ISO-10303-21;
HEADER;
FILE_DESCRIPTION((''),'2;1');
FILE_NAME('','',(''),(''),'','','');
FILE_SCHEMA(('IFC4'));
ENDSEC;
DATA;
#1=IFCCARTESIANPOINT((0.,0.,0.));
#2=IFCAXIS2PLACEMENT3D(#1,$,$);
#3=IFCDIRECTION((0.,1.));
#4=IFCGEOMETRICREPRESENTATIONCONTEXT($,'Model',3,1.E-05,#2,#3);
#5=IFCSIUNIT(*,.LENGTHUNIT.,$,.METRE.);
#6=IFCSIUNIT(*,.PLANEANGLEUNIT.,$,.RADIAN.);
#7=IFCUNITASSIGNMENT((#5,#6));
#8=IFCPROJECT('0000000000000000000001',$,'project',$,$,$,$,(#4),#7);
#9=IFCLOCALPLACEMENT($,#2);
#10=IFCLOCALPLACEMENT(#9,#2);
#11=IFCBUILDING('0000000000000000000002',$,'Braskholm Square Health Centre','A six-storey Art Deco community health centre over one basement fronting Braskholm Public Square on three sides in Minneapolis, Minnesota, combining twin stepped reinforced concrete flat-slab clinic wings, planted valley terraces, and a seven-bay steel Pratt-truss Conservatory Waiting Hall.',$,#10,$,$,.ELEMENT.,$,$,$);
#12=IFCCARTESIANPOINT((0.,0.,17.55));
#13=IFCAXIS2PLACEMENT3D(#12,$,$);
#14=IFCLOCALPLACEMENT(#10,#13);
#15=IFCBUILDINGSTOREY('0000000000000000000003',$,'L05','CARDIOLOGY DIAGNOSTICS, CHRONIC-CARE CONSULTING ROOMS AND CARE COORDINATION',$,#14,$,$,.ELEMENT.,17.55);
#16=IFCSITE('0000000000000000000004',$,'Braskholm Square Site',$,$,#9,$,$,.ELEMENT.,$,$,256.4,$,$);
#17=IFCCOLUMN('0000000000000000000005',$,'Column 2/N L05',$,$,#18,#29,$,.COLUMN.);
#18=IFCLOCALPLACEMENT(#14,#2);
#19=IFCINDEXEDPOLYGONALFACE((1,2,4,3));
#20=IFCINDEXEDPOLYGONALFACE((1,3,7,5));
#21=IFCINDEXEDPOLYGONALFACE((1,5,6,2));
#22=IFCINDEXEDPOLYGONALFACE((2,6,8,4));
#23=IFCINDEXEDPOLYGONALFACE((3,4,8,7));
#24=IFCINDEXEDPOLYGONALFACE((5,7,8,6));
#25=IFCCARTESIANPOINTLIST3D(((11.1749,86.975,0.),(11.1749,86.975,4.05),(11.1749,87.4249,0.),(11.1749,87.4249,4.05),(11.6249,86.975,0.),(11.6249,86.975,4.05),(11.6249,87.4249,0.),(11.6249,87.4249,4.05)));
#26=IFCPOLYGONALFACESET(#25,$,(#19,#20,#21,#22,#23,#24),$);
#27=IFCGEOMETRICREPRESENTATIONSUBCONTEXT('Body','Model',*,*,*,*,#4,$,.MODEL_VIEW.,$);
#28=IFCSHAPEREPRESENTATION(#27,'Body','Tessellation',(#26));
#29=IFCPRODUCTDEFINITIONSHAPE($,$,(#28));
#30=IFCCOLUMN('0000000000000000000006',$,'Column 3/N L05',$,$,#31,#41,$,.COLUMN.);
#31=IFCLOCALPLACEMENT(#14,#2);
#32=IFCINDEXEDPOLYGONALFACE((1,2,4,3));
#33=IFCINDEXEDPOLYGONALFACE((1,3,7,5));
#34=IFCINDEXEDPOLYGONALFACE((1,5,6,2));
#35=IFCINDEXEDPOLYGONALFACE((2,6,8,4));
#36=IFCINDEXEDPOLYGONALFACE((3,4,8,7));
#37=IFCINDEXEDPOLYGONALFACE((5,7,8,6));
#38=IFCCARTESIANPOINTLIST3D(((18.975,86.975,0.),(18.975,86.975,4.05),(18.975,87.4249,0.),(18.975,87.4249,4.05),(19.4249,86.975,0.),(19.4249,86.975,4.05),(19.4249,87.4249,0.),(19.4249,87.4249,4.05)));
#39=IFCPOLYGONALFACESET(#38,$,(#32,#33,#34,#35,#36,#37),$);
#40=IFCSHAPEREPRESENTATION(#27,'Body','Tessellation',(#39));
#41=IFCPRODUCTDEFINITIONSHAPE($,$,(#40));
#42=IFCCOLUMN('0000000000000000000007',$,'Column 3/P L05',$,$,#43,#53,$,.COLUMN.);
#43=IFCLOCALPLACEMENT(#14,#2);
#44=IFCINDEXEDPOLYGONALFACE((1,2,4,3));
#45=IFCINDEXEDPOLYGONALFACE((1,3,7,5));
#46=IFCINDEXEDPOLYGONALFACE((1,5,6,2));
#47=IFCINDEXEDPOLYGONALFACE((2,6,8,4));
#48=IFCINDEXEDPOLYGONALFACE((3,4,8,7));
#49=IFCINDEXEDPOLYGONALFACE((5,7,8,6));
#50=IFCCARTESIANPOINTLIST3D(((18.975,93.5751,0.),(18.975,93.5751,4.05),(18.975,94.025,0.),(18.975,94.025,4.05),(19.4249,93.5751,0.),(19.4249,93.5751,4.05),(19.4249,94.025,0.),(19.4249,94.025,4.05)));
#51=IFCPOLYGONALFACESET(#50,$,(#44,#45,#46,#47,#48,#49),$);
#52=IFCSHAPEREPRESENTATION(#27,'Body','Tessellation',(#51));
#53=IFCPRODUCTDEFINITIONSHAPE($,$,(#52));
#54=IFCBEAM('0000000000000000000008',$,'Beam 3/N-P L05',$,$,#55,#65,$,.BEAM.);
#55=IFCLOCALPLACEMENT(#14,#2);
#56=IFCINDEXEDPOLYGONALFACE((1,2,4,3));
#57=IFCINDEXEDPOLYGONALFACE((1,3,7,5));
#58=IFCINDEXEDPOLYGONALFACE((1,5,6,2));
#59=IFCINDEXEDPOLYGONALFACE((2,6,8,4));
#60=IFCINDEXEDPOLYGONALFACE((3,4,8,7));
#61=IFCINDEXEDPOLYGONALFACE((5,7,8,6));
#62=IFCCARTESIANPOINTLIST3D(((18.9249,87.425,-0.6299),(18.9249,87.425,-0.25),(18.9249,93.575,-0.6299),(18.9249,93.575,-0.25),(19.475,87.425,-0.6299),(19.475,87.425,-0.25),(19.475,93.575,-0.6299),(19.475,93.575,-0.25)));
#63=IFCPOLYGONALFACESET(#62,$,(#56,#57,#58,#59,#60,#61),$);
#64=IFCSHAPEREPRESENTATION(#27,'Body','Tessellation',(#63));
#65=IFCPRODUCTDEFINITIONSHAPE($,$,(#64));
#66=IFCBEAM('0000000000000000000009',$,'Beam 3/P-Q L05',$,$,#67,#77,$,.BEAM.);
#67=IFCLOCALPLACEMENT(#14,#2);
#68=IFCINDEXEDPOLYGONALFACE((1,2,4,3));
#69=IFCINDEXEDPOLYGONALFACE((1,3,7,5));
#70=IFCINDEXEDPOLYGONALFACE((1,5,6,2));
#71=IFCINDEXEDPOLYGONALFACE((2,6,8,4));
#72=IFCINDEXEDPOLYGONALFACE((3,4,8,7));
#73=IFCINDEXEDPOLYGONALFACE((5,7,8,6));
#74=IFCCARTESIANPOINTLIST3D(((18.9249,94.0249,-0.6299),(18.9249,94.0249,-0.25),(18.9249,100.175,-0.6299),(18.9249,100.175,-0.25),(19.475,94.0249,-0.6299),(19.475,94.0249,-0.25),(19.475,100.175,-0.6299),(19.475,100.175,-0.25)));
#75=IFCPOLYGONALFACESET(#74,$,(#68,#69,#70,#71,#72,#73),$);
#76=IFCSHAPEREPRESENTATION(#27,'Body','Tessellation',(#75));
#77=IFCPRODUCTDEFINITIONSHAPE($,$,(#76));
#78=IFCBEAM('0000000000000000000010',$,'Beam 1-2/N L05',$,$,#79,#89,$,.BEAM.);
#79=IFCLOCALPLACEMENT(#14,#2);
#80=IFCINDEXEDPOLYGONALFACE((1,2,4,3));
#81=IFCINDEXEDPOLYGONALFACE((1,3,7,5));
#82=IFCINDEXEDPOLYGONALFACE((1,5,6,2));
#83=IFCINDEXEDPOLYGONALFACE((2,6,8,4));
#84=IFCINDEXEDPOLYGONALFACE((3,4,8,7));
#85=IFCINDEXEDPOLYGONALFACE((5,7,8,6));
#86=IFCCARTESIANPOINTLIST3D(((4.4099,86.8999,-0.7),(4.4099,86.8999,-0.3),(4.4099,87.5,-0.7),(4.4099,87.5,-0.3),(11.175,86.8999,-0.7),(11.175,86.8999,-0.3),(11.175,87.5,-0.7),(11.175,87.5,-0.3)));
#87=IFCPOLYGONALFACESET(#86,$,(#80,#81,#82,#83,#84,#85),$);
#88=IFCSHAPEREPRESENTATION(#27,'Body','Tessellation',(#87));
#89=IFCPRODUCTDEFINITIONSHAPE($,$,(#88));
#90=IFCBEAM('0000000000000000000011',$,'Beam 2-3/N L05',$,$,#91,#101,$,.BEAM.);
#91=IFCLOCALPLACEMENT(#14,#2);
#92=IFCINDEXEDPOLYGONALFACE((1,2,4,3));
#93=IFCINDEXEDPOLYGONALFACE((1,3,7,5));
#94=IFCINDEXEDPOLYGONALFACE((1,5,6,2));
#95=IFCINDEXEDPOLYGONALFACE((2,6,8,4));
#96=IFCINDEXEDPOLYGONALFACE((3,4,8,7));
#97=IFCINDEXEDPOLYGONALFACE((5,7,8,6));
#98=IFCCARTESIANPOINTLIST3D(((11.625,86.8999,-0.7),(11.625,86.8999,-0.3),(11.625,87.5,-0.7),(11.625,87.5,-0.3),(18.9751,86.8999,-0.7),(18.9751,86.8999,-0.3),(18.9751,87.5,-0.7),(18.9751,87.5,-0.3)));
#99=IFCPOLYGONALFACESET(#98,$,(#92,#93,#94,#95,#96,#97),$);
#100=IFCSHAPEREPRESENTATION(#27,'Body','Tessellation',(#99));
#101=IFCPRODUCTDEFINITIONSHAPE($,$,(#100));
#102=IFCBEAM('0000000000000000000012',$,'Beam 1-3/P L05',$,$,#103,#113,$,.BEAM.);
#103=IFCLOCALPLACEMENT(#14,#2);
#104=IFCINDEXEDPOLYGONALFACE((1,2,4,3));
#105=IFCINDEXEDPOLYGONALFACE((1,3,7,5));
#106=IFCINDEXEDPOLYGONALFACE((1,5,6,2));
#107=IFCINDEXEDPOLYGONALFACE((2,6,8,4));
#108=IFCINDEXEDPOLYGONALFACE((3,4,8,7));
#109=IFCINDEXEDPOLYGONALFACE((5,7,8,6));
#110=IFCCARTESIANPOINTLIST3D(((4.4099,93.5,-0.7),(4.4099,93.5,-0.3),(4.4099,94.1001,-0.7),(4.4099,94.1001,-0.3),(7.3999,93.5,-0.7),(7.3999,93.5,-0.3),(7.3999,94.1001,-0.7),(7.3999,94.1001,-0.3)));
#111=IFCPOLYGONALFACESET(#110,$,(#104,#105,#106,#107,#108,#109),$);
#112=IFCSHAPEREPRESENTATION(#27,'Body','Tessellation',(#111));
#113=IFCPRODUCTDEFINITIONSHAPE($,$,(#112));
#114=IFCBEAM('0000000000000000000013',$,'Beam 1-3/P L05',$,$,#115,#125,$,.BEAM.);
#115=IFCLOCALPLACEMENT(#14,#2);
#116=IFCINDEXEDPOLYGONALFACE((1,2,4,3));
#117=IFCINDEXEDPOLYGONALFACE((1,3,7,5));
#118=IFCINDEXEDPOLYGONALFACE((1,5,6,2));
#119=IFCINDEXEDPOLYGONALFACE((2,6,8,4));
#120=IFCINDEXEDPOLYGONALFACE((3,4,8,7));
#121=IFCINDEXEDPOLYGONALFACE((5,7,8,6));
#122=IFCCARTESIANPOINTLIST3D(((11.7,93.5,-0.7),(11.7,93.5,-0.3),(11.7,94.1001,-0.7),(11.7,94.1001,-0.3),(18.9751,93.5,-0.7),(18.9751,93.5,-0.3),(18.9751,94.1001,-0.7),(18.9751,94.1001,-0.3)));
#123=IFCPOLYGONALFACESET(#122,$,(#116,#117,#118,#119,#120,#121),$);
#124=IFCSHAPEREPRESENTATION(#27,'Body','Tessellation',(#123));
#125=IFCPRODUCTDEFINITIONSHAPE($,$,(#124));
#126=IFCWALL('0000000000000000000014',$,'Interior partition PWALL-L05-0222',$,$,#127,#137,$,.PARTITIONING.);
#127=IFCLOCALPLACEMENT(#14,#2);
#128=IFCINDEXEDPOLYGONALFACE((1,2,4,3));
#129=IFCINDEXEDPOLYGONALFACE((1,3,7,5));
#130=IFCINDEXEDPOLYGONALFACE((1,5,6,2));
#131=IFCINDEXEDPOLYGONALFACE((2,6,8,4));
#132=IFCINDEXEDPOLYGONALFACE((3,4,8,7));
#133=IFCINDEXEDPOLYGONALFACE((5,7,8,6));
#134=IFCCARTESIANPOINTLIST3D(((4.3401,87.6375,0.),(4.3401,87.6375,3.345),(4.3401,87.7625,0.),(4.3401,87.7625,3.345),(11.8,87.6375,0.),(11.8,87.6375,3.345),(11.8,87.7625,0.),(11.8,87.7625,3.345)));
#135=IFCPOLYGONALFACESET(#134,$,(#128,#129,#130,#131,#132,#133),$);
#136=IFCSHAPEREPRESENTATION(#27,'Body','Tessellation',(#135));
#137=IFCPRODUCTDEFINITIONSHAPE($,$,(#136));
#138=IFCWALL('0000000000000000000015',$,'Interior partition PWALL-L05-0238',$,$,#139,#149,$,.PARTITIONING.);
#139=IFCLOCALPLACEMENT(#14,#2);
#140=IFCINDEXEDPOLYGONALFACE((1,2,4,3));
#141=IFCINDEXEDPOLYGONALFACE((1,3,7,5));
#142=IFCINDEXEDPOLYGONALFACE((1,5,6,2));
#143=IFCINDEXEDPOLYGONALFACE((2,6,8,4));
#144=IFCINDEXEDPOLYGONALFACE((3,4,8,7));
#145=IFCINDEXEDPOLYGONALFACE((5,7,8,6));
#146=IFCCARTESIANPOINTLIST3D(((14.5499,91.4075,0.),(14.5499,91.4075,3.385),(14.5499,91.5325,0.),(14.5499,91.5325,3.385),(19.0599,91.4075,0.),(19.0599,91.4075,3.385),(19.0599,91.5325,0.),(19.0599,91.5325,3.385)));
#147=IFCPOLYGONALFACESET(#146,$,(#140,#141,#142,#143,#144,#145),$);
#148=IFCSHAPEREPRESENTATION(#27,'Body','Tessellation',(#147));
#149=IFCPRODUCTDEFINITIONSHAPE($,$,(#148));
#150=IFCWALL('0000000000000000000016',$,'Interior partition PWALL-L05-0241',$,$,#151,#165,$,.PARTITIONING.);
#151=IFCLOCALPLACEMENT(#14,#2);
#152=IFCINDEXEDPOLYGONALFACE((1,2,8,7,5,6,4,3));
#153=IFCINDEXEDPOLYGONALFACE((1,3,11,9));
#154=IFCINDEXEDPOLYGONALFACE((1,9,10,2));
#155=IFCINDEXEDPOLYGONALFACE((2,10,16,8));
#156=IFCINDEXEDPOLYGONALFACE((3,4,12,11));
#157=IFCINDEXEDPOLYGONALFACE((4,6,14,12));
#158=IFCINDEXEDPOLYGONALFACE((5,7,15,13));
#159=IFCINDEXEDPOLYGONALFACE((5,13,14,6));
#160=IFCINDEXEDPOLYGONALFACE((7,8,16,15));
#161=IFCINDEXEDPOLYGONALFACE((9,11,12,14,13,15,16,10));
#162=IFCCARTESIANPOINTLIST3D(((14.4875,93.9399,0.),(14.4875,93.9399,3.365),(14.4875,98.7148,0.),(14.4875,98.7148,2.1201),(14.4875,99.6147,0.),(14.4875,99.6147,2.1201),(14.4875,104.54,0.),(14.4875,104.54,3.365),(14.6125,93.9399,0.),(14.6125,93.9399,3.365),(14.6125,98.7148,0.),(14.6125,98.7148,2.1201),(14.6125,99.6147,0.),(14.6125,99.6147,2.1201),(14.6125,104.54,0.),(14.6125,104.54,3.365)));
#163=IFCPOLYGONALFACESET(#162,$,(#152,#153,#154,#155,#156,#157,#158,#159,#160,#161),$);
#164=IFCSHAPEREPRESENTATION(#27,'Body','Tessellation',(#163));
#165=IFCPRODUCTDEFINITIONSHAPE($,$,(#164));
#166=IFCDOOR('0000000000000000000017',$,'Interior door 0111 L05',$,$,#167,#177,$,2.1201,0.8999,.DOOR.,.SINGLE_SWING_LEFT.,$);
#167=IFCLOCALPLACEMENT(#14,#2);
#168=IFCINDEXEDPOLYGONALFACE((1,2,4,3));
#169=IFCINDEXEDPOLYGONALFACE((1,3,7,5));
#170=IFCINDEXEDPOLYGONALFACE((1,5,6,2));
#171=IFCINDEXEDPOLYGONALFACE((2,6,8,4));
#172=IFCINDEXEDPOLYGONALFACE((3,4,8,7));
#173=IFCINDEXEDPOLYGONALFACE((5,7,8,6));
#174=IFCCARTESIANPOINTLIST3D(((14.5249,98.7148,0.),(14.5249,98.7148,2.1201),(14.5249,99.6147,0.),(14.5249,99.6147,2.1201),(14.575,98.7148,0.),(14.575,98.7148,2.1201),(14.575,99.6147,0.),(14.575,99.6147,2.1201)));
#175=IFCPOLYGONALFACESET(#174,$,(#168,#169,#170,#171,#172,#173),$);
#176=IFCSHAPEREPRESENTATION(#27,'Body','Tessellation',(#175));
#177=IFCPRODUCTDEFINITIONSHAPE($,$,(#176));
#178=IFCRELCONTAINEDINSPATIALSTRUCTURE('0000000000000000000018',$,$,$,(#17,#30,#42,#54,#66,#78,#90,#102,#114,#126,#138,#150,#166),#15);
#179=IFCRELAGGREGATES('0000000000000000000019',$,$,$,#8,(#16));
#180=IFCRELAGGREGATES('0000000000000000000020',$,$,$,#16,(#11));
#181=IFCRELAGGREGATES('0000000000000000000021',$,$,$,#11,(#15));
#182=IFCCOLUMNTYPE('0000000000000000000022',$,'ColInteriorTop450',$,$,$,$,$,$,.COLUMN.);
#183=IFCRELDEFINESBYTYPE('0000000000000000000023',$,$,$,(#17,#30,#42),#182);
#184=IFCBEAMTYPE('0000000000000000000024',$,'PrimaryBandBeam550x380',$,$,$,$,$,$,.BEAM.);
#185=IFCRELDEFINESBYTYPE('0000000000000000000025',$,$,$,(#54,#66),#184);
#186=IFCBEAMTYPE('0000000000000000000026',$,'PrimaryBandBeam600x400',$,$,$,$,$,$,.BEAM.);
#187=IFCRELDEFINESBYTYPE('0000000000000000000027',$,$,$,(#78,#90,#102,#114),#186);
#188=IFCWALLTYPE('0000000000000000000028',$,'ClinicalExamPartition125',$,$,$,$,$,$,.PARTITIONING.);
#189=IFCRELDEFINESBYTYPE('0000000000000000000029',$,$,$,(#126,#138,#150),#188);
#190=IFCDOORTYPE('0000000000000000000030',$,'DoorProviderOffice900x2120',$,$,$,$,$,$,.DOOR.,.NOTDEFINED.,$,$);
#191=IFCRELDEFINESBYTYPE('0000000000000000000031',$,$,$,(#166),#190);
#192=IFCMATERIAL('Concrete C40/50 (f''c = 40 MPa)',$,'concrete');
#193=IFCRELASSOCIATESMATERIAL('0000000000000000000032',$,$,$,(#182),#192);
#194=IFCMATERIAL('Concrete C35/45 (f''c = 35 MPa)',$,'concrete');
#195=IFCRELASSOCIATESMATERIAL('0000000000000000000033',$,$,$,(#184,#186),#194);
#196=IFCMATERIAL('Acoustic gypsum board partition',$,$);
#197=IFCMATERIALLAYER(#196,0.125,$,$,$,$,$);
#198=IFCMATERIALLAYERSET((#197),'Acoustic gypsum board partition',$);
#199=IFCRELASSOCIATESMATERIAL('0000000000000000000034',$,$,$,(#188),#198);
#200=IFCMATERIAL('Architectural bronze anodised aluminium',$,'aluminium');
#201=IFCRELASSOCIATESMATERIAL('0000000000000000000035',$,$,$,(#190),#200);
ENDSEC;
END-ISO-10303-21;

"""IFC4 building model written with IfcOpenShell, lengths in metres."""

from ifc_helpers import new_model, si_unit, direction, frame, frame_2d, origin, origin_2d, place, context, subcontext, project, spatial, rectangle, extrude, material, layer, layer_set, material_profile, profile_set, type_object, element, fill, save


model = new_model("IFC4")

# Units and contexts
model_context = context("Model", 3, precision=1e-05, world=origin(), true_north=direction((0.0, 1.0)))
body_context = subcontext(model_context, "Body", "Model", "MODEL_VIEW")
ifc_project = project(units=[si_unit("LENGTHUNIT", "METRE"), si_unit("PLANEANGLEUNIT", "RADIAN")], contexts=[model_context])

# Site, building, storey
site_placement = place(None, origin())
site = spatial("IfcSite", under=ifc_project, at=site_placement, Name="Braskholm Square Site", CompositionType="ELEMENT", RefElevation=256.4)
building_placement = place(site_placement, origin())
building = spatial("IfcBuilding", under=site, at=building_placement, Name="Braskholm Square Health Centre", Description="A six-storey Art Deco community health centre over one basement fronting Braskholm Public Square on three sides in Minneapolis, Minnesota, combining twin stepped reinforced concrete flat-slab clinic wings, planted valley terraces, and a seven-bay steel Pratt-truss Conservatory Waiting Hall.", CompositionType="ELEMENT")
storey_placement = place(building_placement, frame((0.0, 0.0, 17.55)))
storey = spatial("IfcBuildingStorey", under=building, at=storey_placement, Name="L05", Description="CARDIOLOGY DIAGNOSTICS, CHRONIC-CARE CONSULTING ROOMS AND CARE COORDINATION", CompositionType="ELEMENT", Elevation=17.55)

# Columns
ifc_material_1 = material(Name="Concrete C40/50 (f'c = 40 MPa)", Category="concrete")
ifc_material_profile_1 = material_profile(ifc_material_1, rectangle(XDim=0.45, YDim=0.45, at=origin_2d()), Name="RC-450X450")
ifc_profile_set_1 = profile_set([ifc_material_profile_1], Name="Concrete C40/50 (f'c = 40 MPa)")
column_type = type_object("IfcColumnType", Name="ColInteriorTop450", PredefinedType="COLUMN", material=ifc_profile_set_1)
for number, where, z_axis, x_axis, name in (
    (1, (11.3999, 87.2, 0.0), (0.0, 0.0, 1.0), (1.0, 0.0, 0.0), "Column 2/N L05"),
    (2, (19.2, 87.2, 0.0), (0.0, 0.0, 1.0), (1.0, 0.0, 0.0), "Column 3/N L05"),
    (3, (19.2, 93.8, 0.0), (0.0, 0.0, 1.0), (1.0, 0.0, 0.0), "Column 3/P L05"),
):
    element("IfcColumn", number, at=place(storey_placement, frame(where, z_axis=z_axis, x_axis=x_axis)), inside=storey, type_object=column_type, Name=name, PredefinedType="COLUMN", context=body_context, shape_type="SweptSolid", body=[
        extrude(rectangle(XDim=0.45, YDim=0.45, at=origin_2d()), origin(), (0.0, 0.0, 1.0), 4.05),
    ])

# Beams
ifc_material_2 = material(Name="Concrete C35/45 (f'c = 35 MPa)", Category="concrete")
ifc_material_profile_2 = material_profile(ifc_material_2, rectangle(XDim=0.55, YDim=0.3799, at=origin_2d()), Name="RCB-550X380")
ifc_profile_set_2 = profile_set([ifc_material_profile_2], Name="Concrete C35/45 (f'c = 35 MPa)")
beam_type_1 = type_object("IfcBeamType", Name="PrimaryBandBeam550x380", PredefinedType="BEAM", material=ifc_profile_set_2)
beam_1_placement = place(storey_placement, frame((19.2, 87.425, -0.4399), z_axis=(0.0, 1.0, 0.0), x_axis=(-1.0, 0.0, 0.0)))
element("IfcBeam", 4, at=beam_1_placement, inside=storey, type_object=beam_type_1, Name="Beam 3/N-P L05", PredefinedType="BEAM", context=body_context, shape_type="SweptSolid", body=[
    extrude(rectangle(XDim=0.55, YDim=0.3799, at=origin_2d()), origin(), (0.0, 0.0, 1.0), 6.1499),
])
beam_2_placement = place(storey_placement, frame((19.2, 94.0249, -0.4399), z_axis=(0.0, 1.0, 0.0), x_axis=(-1.0, 0.0, 0.0)))
element("IfcBeam", 5, at=beam_2_placement, inside=storey, type_object=beam_type_1, Name="Beam 3/P-Q L05", PredefinedType="BEAM", context=body_context, shape_type="SweptSolid", body=[
    extrude(rectangle(XDim=0.55, YDim=0.3799, at=origin_2d()), origin(), (0.0, 0.0, 1.0), 6.1501),
])
ifc_material_profile_3 = material_profile(ifc_material_2, rectangle(XDim=0.6001, YDim=0.3999, at=origin_2d()), Name="RCB-600X400")
ifc_profile_set_3 = profile_set([ifc_material_profile_3], Name="Concrete C35/45 (f'c = 35 MPa)")
beam_type_2 = type_object("IfcBeamType", Name="PrimaryBandBeam600x400", PredefinedType="BEAM", material=ifc_profile_set_3)
beam_3_placement = place(storey_placement, frame((4.4099, 87.2, -0.5), z_axis=(1.0, 0.0, 0.0), x_axis=(0.0, 1.0, 0.0)))
element("IfcBeam", 6, at=beam_3_placement, inside=storey, type_object=beam_type_2, Name="Beam 1-2/N L05", PredefinedType="BEAM", context=body_context, shape_type="SweptSolid", body=[
    extrude(rectangle(XDim=0.6001, YDim=0.3999, at=origin_2d()), origin(), (0.0, 0.0, 1.0), 6.7651),
])
beam_4_placement = place(storey_placement, frame((11.625, 87.2, -0.5), z_axis=(1.0, 0.0, 0.0), x_axis=(0.0, 1.0, 0.0)))
element("IfcBeam", 7, at=beam_4_placement, inside=storey, type_object=beam_type_2, Name="Beam 2-3/N L05", PredefinedType="BEAM", context=body_context, shape_type="SweptSolid", body=[
    extrude(rectangle(XDim=0.6001, YDim=0.3999, at=origin_2d()), origin(), (0.0, 0.0, 1.0), 7.3501),
])
beam_5_placement = place(storey_placement, frame((4.4099, 93.8, -0.5), z_axis=(1.0, 0.0, 0.0), x_axis=(0.0, 1.0, 0.0)))
element("IfcBeam", 8, at=beam_5_placement, inside=storey, type_object=beam_type_2, Name="Beam 1-3/P L05", PredefinedType="BEAM", context=body_context, shape_type="SweptSolid", body=[
    extrude(rectangle(XDim=0.6001, YDim=0.3999, at=origin_2d()), origin(), (0.0, 0.0, 1.0), 2.99),
])
beam_6_placement = place(storey_placement, frame((11.7, 93.8, -0.5), z_axis=(1.0, 0.0, 0.0), x_axis=(0.0, 1.0, 0.0)))
element("IfcBeam", 9, at=beam_6_placement, inside=storey, type_object=beam_type_2, Name="Beam 1-3/P L05", PredefinedType="BEAM", context=body_context, shape_type="SweptSolid", body=[
    extrude(rectangle(XDim=0.6001, YDim=0.3999, at=origin_2d()), origin(), (0.0, 0.0, 1.0), 7.2751),
])

# Walls
ifc_material_3 = material(Name="Acoustic gypsum board partition")
ifc_layer_1 = layer(ifc_material_3, 0.125)
ifc_layer_set_1 = layer_set([ifc_layer_1], Name="Acoustic gypsum board partition")
wall_type_1 = type_object("IfcWallType", Name="ClinicalExamPartition125", PredefinedType="PARTITIONING", material=ifc_layer_set_1)
wall_1_placement = place(storey_placement, frame((4.3401, 87.7, 0.0), z_axis=(0.0, 0.0, 1.0), x_axis=(1.0, 0.0, 0.0)))
element("IfcWall", 10, at=wall_1_placement, inside=storey, type_object=wall_type_1, Name="Interior partition PWALL-L05-0222", PredefinedType="PARTITIONING", context=body_context, shape_type="SweptSolid", body=[
    extrude(rectangle(XDim=7.46, YDim=0.125, at=frame_2d((3.73, 0.0))), origin(), (0.0, 0.0, 1.0), 3.345),
])
wall_2_placement = place(storey_placement, frame((14.55, 91.47, 0.0), z_axis=(0.0, 0.0, 1.0), x_axis=(1.0, 0.0, 0.0)))
element("IfcWall", 11, at=wall_2_placement, inside=storey, type_object=wall_type_1, Name="Interior partition PWALL-L05-0238", PredefinedType="PARTITIONING", context=body_context, shape_type="SweptSolid", body=[
    extrude(rectangle(XDim=4.51, YDim=0.125, at=frame_2d((2.2549, 0.0))), origin(), (0.0, 0.0, 1.0), 3.385),
])

# Wall, opening, door
wall_3_placement = place(storey_placement, frame((14.55, 93.9399, 0.0), z_axis=(0.0, 0.0, 1.0), x_axis=(0.0, 1.0, 0.0)))
wall_3 = element("IfcWall", 12, at=wall_3_placement, inside=storey, type_object=wall_type_1, Name="Interior partition PWALL-L05-0241", PredefinedType="PARTITIONING", context=body_context, shape_type="SweptSolid", body=[
    extrude(rectangle(XDim=10.6001, YDim=0.125, at=frame_2d((5.3, 0.0))), origin(), (0.0, 0.0, 1.0), 3.365),
])
opening_1_placement = place(wall_3_placement, frame((4.7749, 0.0, 0.0)))
opening_1 = element("IfcOpeningElement", 13, at=opening_1_placement, cuts=wall_3, PredefinedType="OPENING", context=body_context, shape_type="SweptSolid", body=[
    extrude(rectangle(XDim=0.8999, YDim=2.1201, at=frame_2d((0.45, 1.0601))), frame((0.0, 0.0725, 0.0), z_axis=(0.0, -1.0, 0.0), x_axis=(1.0, 0.0, 0.0)), (0.0, 0.0, 1.0), 0.145),
])
ifc_material_4 = material(Name="Architectural bronze anodised aluminium", Category="aluminium")
door_type_1 = type_object("IfcDoorType", Name="DoorProviderOffice900x2120", OperationType="NOTDEFINED", PredefinedType="DOOR", material=ifc_material_4)
door_1_placement = place(opening_1_placement, frame((0.8999, 0.0, 0.0), z_axis=(0.0, 0.0, 1.0), x_axis=(-1.0, 0.0, 0.0)))
door_1 = element("IfcDoor", 14, at=door_1_placement, inside=storey, type_object=door_type_1, Name="Interior door 0111 L05", OperationType="SINGLE_SWING_LEFT", OverallHeight=2.1201, OverallWidth=0.8999, PredefinedType="DOOR", context=body_context, shape_type="SweptSolid", body=[
    extrude(rectangle(XDim=0.8999, YDim=2.1201, at=frame_2d((0.45, 1.0601))), frame((0.0, 0.0249, 0.0), z_axis=(0.0, -1.0, 0.0), x_axis=(1.0, 0.0, 0.0)), (0.0, 0.0, 1.0), 0.05),
])
fill(opening_1, door_1)

save(model, "model.ifc")
